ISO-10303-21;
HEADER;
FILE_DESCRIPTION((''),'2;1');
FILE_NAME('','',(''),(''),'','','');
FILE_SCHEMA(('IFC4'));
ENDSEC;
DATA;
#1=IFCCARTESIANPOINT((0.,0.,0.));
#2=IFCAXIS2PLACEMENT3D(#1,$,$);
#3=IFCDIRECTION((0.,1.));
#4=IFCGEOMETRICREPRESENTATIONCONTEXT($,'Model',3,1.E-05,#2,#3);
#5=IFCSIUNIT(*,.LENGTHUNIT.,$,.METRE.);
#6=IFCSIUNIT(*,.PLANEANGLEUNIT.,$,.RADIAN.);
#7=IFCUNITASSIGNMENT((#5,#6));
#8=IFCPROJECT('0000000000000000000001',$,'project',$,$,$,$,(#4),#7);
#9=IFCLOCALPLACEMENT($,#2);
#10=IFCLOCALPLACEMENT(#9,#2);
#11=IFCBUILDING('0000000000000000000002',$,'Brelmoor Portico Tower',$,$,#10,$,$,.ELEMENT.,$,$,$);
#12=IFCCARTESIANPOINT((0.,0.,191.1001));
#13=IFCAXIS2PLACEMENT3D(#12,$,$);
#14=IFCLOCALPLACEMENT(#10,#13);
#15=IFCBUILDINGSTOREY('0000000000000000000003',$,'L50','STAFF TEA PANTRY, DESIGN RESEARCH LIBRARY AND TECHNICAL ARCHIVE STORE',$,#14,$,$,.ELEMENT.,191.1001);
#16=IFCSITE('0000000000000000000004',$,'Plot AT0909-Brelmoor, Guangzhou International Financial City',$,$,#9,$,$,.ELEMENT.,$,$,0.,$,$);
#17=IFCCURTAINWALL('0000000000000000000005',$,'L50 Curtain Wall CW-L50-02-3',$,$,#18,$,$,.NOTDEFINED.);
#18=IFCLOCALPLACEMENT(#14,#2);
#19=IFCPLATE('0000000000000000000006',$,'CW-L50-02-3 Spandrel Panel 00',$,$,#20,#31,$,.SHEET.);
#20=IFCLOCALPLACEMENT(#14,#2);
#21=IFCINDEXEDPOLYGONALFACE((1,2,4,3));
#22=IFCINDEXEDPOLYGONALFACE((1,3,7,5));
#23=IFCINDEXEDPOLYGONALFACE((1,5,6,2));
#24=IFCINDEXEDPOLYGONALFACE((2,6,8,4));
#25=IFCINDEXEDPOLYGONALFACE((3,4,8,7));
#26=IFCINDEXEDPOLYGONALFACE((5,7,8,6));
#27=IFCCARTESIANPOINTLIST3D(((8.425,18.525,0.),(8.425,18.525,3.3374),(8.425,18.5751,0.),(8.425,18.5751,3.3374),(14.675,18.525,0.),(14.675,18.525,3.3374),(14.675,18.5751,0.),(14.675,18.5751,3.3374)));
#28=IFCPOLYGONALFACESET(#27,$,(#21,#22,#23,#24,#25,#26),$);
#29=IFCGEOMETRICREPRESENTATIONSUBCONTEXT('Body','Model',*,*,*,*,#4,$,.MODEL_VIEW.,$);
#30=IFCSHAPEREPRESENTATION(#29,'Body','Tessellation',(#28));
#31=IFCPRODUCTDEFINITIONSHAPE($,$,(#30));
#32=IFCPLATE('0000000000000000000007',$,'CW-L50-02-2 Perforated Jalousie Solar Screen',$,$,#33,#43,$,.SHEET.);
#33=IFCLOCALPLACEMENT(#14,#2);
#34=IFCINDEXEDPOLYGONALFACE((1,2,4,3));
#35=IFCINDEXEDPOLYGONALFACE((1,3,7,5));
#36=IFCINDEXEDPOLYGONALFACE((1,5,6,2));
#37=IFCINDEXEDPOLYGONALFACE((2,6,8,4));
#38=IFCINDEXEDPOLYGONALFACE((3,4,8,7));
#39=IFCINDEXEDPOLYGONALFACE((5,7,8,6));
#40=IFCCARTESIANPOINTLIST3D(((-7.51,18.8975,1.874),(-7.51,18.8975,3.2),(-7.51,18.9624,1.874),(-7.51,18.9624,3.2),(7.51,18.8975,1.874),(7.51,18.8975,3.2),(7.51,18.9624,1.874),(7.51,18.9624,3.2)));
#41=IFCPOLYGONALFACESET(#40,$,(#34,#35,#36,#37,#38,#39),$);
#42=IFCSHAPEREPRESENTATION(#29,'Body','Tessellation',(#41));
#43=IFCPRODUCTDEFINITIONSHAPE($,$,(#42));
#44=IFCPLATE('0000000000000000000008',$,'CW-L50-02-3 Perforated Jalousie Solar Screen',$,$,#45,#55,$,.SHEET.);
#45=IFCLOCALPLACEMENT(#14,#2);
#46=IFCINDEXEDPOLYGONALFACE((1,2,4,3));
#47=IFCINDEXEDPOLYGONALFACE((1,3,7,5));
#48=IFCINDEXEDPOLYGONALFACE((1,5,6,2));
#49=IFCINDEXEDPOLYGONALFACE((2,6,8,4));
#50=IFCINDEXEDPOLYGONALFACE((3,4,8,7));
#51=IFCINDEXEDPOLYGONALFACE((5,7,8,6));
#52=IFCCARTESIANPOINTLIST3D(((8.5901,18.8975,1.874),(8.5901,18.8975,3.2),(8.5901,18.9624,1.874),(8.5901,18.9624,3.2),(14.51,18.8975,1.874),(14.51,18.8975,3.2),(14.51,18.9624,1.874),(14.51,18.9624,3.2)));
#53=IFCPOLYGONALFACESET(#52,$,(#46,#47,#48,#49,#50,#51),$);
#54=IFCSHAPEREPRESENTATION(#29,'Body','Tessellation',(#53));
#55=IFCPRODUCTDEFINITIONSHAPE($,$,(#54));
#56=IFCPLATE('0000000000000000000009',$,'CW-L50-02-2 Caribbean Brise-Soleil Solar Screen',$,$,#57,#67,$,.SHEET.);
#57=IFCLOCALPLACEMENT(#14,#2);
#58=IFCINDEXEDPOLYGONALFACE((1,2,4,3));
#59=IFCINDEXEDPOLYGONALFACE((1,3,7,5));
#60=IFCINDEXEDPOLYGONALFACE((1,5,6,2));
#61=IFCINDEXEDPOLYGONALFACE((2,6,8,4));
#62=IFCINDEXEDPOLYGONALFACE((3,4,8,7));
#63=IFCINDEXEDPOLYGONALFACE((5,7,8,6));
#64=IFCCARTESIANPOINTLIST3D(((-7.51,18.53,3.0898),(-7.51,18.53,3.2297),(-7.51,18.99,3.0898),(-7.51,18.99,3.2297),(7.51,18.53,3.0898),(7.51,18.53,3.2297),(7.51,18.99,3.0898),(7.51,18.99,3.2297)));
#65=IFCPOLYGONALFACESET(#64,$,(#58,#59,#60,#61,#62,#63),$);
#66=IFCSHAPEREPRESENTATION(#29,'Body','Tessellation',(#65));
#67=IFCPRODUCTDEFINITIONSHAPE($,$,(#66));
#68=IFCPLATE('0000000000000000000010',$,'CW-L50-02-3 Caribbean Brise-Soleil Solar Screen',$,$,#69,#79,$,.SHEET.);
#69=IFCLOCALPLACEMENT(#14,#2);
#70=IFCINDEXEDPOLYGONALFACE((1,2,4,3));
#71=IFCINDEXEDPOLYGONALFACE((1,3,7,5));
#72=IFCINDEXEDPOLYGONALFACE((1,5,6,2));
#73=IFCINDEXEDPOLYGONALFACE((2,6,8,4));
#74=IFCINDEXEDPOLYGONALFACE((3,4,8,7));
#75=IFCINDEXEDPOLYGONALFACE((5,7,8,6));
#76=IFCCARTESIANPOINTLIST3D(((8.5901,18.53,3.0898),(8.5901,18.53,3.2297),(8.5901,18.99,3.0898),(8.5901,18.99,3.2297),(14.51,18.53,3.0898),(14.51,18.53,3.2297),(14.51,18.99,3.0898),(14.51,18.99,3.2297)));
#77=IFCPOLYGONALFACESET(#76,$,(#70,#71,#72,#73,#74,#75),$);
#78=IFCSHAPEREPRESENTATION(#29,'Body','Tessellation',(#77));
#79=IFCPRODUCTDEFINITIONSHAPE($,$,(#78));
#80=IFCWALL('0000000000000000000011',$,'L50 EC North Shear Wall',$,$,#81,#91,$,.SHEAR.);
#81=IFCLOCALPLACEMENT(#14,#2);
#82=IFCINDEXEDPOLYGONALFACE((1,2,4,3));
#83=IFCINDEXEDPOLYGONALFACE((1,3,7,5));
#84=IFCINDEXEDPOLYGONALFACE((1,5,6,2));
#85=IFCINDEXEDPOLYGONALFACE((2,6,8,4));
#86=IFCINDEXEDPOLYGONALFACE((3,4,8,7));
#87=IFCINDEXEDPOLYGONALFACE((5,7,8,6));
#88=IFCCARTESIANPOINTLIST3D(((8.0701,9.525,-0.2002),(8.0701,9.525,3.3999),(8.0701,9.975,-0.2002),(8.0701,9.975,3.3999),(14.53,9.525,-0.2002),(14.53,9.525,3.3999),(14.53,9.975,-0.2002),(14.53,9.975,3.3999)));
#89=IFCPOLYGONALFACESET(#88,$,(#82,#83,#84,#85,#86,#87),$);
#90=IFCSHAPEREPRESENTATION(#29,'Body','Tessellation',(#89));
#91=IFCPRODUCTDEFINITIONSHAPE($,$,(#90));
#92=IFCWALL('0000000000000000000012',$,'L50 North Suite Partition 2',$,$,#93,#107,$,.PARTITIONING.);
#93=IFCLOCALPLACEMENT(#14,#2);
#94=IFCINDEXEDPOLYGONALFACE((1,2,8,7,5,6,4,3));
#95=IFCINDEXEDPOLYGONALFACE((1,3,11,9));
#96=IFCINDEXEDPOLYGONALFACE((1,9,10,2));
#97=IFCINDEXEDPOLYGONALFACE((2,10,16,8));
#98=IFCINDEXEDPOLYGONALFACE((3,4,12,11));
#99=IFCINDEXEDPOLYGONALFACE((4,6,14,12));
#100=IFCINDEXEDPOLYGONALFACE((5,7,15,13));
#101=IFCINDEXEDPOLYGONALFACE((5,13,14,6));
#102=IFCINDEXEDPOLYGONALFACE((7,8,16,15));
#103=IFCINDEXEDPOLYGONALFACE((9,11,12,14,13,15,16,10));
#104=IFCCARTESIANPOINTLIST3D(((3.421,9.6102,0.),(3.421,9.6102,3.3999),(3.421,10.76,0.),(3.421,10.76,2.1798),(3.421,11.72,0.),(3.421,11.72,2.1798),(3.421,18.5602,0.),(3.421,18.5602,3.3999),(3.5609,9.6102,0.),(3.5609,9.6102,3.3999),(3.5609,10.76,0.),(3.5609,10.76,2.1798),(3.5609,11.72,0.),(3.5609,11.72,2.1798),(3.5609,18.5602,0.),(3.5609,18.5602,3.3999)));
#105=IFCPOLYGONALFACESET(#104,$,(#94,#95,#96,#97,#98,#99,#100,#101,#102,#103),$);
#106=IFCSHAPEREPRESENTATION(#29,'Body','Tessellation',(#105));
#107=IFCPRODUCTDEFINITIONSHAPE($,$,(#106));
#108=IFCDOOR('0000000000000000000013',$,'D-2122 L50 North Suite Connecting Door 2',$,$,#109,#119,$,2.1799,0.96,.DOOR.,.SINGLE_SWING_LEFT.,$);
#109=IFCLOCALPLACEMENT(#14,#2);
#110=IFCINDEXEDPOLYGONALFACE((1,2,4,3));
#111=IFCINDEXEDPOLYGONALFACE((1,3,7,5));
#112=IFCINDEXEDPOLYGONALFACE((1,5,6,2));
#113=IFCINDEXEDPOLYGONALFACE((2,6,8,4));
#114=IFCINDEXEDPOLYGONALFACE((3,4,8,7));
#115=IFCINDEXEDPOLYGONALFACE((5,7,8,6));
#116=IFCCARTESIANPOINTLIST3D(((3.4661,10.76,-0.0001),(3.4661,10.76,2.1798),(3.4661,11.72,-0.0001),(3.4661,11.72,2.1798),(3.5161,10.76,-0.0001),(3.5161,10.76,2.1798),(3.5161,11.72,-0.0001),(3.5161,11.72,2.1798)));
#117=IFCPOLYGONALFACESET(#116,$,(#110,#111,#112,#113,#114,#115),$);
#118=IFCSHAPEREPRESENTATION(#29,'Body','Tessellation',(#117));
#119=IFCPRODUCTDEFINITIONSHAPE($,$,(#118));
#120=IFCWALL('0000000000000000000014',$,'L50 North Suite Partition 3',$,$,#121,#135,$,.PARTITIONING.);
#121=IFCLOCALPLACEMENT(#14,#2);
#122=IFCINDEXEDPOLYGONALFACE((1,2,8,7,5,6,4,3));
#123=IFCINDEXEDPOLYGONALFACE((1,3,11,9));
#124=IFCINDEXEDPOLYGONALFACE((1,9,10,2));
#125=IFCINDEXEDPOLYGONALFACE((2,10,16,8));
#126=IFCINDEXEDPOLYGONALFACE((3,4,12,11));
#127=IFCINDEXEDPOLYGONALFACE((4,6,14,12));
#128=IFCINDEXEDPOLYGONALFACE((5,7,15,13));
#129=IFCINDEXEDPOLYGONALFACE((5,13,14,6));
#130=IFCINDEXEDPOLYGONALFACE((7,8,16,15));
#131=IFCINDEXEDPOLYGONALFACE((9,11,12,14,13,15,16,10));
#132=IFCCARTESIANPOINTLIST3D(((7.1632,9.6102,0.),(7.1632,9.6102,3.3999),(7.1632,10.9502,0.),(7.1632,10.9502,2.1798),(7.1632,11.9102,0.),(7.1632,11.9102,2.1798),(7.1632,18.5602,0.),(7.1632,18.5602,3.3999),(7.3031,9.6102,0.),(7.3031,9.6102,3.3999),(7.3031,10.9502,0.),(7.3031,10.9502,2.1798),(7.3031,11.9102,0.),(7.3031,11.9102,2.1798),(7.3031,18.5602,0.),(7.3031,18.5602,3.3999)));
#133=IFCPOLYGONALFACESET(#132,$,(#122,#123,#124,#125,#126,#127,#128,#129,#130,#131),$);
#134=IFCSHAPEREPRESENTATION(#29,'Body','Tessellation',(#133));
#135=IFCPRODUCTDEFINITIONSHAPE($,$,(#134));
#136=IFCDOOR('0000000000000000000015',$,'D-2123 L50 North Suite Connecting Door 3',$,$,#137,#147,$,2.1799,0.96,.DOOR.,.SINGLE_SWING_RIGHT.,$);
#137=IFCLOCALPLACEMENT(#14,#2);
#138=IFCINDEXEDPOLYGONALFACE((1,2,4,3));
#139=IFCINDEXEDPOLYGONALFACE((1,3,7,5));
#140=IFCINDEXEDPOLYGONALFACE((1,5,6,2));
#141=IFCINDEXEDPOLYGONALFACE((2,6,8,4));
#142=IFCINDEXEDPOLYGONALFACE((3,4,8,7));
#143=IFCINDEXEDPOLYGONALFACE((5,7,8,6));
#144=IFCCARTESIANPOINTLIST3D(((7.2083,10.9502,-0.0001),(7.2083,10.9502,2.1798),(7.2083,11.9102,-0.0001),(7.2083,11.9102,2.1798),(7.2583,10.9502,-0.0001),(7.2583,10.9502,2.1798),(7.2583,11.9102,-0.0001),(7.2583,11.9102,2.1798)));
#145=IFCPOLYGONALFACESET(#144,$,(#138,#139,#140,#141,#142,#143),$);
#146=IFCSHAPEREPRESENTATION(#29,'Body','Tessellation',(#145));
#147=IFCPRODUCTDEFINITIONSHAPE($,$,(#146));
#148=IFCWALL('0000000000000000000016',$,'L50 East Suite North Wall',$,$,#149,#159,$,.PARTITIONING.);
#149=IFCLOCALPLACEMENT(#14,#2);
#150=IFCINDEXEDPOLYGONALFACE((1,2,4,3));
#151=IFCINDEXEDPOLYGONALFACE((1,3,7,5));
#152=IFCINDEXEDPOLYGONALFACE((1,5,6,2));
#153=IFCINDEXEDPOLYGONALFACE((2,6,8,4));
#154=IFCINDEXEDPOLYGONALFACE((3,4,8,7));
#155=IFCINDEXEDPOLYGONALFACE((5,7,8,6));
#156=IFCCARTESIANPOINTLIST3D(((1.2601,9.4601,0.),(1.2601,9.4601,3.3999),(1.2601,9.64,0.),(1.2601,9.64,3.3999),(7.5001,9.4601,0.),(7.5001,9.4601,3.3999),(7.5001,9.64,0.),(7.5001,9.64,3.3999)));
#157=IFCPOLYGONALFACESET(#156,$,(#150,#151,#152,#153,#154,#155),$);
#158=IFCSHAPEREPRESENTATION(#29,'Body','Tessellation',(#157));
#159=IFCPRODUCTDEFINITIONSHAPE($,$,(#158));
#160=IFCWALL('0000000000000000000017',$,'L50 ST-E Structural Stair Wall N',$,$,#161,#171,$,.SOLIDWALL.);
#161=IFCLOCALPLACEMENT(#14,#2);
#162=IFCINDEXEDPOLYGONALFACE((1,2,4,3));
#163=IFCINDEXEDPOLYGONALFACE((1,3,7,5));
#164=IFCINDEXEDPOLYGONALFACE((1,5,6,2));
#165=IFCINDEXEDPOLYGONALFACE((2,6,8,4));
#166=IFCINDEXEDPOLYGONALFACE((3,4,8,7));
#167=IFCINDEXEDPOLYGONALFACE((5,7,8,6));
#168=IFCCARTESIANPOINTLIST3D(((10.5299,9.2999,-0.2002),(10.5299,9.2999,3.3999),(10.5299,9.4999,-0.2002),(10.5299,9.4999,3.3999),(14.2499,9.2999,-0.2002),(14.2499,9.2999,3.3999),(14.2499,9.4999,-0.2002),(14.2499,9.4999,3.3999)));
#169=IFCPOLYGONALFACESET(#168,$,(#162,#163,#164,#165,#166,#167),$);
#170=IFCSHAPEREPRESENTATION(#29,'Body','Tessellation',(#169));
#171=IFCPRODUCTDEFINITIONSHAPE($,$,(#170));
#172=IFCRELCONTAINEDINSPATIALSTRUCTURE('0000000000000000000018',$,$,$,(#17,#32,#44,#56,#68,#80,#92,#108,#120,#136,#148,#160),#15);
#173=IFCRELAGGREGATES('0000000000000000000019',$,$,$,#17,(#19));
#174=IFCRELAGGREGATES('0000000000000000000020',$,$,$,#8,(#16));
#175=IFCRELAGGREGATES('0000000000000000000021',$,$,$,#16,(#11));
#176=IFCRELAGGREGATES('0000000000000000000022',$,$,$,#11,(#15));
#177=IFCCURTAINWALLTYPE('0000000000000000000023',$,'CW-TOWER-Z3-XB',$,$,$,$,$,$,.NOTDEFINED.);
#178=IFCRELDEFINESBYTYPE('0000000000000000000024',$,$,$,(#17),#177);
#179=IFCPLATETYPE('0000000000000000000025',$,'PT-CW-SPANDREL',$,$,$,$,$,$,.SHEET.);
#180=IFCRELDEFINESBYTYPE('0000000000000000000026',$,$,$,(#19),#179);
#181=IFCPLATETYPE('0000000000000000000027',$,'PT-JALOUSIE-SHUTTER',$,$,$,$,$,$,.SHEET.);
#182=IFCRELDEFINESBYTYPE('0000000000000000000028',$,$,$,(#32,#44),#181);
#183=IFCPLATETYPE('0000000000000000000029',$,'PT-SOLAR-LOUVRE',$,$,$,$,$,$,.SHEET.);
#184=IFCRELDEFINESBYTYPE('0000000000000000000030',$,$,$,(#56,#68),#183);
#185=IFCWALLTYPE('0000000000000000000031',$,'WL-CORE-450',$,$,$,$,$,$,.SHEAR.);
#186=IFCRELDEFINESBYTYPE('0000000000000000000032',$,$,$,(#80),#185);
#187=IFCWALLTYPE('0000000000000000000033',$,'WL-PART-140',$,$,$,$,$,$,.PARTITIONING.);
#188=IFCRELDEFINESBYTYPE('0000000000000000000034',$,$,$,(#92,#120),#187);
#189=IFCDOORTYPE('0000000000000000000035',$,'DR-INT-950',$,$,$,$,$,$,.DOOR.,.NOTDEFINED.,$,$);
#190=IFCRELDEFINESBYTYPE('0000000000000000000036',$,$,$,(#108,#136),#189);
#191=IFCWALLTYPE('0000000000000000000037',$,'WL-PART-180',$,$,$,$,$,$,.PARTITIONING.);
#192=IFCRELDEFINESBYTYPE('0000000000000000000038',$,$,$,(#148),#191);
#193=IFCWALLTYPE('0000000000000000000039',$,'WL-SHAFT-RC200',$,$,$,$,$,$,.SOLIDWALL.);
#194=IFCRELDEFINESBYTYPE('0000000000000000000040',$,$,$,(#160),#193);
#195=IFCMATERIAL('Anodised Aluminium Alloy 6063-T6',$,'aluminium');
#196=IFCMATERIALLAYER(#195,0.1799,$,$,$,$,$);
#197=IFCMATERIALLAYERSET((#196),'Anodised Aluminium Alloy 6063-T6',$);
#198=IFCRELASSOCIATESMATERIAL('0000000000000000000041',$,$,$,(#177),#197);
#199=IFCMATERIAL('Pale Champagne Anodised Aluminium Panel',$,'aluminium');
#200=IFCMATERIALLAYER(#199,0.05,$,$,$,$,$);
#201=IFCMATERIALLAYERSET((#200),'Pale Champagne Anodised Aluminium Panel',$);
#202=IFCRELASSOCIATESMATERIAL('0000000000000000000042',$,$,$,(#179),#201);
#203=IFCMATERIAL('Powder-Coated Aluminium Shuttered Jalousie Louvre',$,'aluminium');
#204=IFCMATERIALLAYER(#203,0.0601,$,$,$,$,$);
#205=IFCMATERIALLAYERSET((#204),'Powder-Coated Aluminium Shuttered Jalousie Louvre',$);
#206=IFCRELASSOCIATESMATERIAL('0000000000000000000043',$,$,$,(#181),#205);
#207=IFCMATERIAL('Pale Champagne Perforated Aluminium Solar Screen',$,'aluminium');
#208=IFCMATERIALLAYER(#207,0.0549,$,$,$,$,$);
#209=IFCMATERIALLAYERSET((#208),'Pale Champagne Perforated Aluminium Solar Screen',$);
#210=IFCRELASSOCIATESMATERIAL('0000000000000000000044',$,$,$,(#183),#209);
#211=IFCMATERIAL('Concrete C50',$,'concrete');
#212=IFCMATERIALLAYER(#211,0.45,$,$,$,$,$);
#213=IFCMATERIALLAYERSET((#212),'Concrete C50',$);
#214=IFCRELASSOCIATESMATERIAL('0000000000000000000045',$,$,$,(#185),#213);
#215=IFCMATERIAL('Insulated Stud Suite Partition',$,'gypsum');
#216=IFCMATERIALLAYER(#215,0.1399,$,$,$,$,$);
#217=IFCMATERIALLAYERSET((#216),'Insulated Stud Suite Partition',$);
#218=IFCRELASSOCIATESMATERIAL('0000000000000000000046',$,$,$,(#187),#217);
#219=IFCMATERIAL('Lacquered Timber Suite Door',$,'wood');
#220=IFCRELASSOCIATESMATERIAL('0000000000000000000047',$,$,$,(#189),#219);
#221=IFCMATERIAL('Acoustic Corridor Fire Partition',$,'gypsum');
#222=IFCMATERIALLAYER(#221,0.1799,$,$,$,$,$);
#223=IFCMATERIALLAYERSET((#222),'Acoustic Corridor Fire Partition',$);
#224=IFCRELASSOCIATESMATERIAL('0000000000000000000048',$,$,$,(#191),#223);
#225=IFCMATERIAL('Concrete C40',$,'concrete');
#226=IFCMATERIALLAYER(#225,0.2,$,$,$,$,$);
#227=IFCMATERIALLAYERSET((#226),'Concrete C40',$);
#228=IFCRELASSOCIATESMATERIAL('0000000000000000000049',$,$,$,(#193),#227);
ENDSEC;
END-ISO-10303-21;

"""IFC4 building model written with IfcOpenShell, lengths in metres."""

from ifc_helpers import new_model, si_unit, direction, frame, frame_2d, origin, origin_2d, place, context, subcontext, project, spatial, rectangle, extrude, material, layer, layer_set, type_object, element, fill, aggregate, save


model = new_model("IFC4")

# Units and contexts
model_context = context("Model", 3, precision=1e-05, world=origin(), true_north=direction((0.0, 1.0)))
body_context = subcontext(model_context, "Body", "Model", "MODEL_VIEW")
ifc_project = project(units=[si_unit("LENGTHUNIT", "METRE"), si_unit("PLANEANGLEUNIT", "RADIAN")], contexts=[model_context])

# Site, building, storey
site_placement = place(None, origin())
site = spatial("IfcSite", under=ifc_project, at=site_placement, Name="Plot AT0909-Brelmoor, Guangzhou International Financial City", CompositionType="ELEMENT", RefElevation=0.0)
building_placement = place(site_placement, origin())
building = spatial("IfcBuilding", under=site, at=building_placement, Name="Brelmoor Portico Tower", CompositionType="ELEMENT")
storey_placement = place(building_placement, frame((0.0, 0.0, 191.1001)))
storey = spatial("IfcBuildingStorey", under=building, at=storey_placement, Name="L50", Description="STAFF TEA PANTRY, DESIGN RESEARCH LIBRARY AND TECHNICAL ARCHIVE STORE", CompositionType="ELEMENT", Elevation=191.1001)

# Shared definitions
ifc_material_1 = material(Name="Anodised Aluminium Alloy 6063-T6", Category="aluminium")
ifc_layer_1 = layer(ifc_material_1, 0.1799)
ifc_layer_set_1 = layer_set([ifc_layer_1], Name="Anodised Aluminium Alloy 6063-T6")
curtain_wall_type = type_object("IfcCurtainWallType", Name="CW-TOWER-Z3-XB", PredefinedType="NOTDEFINED", material=ifc_layer_set_1)

# Curtain wall
curtain_wall_1_placement = place(storey_placement, origin())
curtain_wall_1 = element("IfcCurtainWall", 1, at=curtain_wall_1_placement, inside=storey, type_object=curtain_wall_type, Name="L50 Curtain Wall CW-L50-02-3", PredefinedType="NOTDEFINED")

# Plate
ifc_material_2 = material(Name="Pale Champagne Anodised Aluminium Panel", Category="aluminium")
ifc_layer_2 = layer(ifc_material_2, 0.05)
ifc_layer_set_2 = layer_set([ifc_layer_2], Name="Pale Champagne Anodised Aluminium Panel")
plate_type_1 = type_object("IfcPlateType", Name="PT-CW-SPANDREL", PredefinedType="SHEET", material=ifc_layer_set_2)
plate_1_placement = place(storey_placement, frame((11.55, 18.55, 0.0), z_axis=(0.0, 0.0, 1.0), x_axis=(1.0, 0.0, 0.0)))
plate_1 = element("IfcPlate", 2, at=plate_1_placement, type_object=plate_type_1, Name="CW-L50-02-3 Spandrel Panel 00", PredefinedType="SHEET", context=body_context, shape_type="SweptSolid", body=[
    extrude(rectangle(XDim=6.25, YDim=0.05, at=origin_2d()), origin(), (0.0, 0.0, 1.0), 3.3374),
])
aggregate(curtain_wall_1, [plate_1])

# Plates
ifc_material_3 = material(Name="Powder-Coated Aluminium Shuttered Jalousie Louvre", Category="aluminium")
ifc_layer_3 = layer(ifc_material_3, 0.0601)
ifc_layer_set_3 = layer_set([ifc_layer_3], Name="Powder-Coated Aluminium Shuttered Jalousie Louvre")
plate_type_2 = type_object("IfcPlateType", Name="PT-JALOUSIE-SHUTTER", PredefinedType="SHEET", material=ifc_layer_set_3)
plate_2_placement = place(storey_placement, frame((0.0, 18.9299, 1.874), z_axis=(0.0, 0.0, 1.0), x_axis=(1.0, 0.0, 0.0)))
element("IfcPlate", 3, at=plate_2_placement, inside=storey, type_object=plate_type_2, Name="CW-L50-02-2 Perforated Jalousie Solar Screen", PredefinedType="SHEET", context=body_context, shape_type="SweptSolid", body=[
    extrude(rectangle(XDim=15.02, YDim=0.0649, at=origin_2d()), origin(), (0.0, 0.0, 1.0), 1.3259),
])
plate_3_placement = place(storey_placement, frame((11.55, 18.9299, 1.874), z_axis=(0.0, 0.0, 1.0), x_axis=(1.0, 0.0, 0.0)))
element("IfcPlate", 4, at=plate_3_placement, inside=storey, type_object=plate_type_2, Name="CW-L50-02-3 Perforated Jalousie Solar Screen", PredefinedType="SHEET", context=body_context, shape_type="SweptSolid", body=[
    extrude(rectangle(XDim=5.9199, YDim=0.0649, at=origin_2d()), origin(), (0.0, 0.0, 1.0), 1.3259),
])
ifc_material_4 = material(Name="Pale Champagne Perforated Aluminium Solar Screen", Category="aluminium")
ifc_layer_4 = layer(ifc_material_4, 0.0549)
ifc_layer_set_4 = layer_set([ifc_layer_4], Name="Pale Champagne Perforated Aluminium Solar Screen")
plate_type_3 = type_object("IfcPlateType", Name="PT-SOLAR-LOUVRE", PredefinedType="SHEET", material=ifc_layer_set_4)
plate_4_placement = place(storey_placement, frame((0.0, 18.76, 3.0898), z_axis=(0.0, 0.0, 1.0), x_axis=(1.0, 0.0, 0.0)))
element("IfcPlate", 5, at=plate_4_placement, inside=storey, type_object=plate_type_3, Name="CW-L50-02-2 Caribbean Brise-Soleil Solar Screen", PredefinedType="SHEET", context=body_context, shape_type="SweptSolid", body=[
    extrude(rectangle(XDim=15.02, YDim=0.46, at=origin_2d()), origin(), (0.0, 0.0, 1.0), 0.1399),
])
plate_5_placement = place(storey_placement, frame((11.55, 18.76, 3.0898), z_axis=(0.0, 0.0, 1.0), x_axis=(1.0, 0.0, 0.0)))
element("IfcPlate", 6, at=plate_5_placement, inside=storey, type_object=plate_type_3, Name="CW-L50-02-3 Caribbean Brise-Soleil Solar Screen", PredefinedType="SHEET", context=body_context, shape_type="SweptSolid", body=[
    extrude(rectangle(XDim=5.9199, YDim=0.46, at=origin_2d()), origin(), (0.0, 0.0, 1.0), 0.1399),
])

# Wall
ifc_material_5 = material(Name="Concrete C50", Category="concrete")
ifc_layer_5 = layer(ifc_material_5, 0.45)
ifc_layer_set_5 = layer_set([ifc_layer_5], Name="Concrete C50")
wall_type_1 = type_object("IfcWallType", Name="WL-CORE-450", PredefinedType="SHEAR", material=ifc_layer_set_5)
wall_1_placement = place(storey_placement, frame((8.0701, 9.75, -0.2002), z_axis=(0.0, 0.0, 1.0), x_axis=(1.0, 0.0, 0.0)))
element("IfcWall", 7, at=wall_1_placement, inside=storey, type_object=wall_type_1, Name="L50 EC North Shear Wall", PredefinedType="SHEAR", context=body_context, shape_type="SweptSolid", body=[
    extrude(rectangle(XDim=6.46, YDim=0.45, at=frame_2d((3.23, 0.0))), origin(), (0.0, 0.0, 1.0), 3.6001),
])

# Walls, openings, doors
ifc_material_6 = material(Name="Insulated Stud Suite Partition", Category="gypsum")
ifc_layer_6 = layer(ifc_material_6, 0.1399)
ifc_layer_set_6 = layer_set([ifc_layer_6], Name="Insulated Stud Suite Partition")
wall_type_2 = type_object("IfcWallType", Name="WL-PART-140", PredefinedType="PARTITIONING", material=ifc_layer_set_6)
wall_2_placement = place(storey_placement, frame((3.491, 9.6101, 0.0), z_axis=(0.0, 0.0, 1.0), x_axis=(0.0, 1.0, 0.0)))
wall_2 = element("IfcWall", 8, at=wall_2_placement, inside=storey, type_object=wall_type_2, Name="L50 North Suite Partition 2", PredefinedType="PARTITIONING", context=body_context, shape_type="SweptSolid", body=[
    extrude(rectangle(XDim=8.95, YDim=0.1399, at=frame_2d((4.4751, 0.0))), origin(), (0.0, 0.0, 1.0), 3.3999),
])
opening_1_placement = place(wall_2_placement, frame((1.1499, 0.0, 0.0)))
opening_1 = element("IfcOpeningElement", 9, at=opening_1_placement, cuts=wall_2, PredefinedType="OPENING", context=body_context, shape_type="SweptSolid", body=[
    extrude(rectangle(XDim=0.96, YDim=2.1799, at=frame_2d((0.48, 1.0898))), frame((0.0, 0.0798, 0.0), z_axis=(0.0, -1.0, 0.0), x_axis=(1.0, 0.0, 0.0)), (0.0, 0.0, 1.0), 0.1599),
])
ifc_material_7 = material(Name="Lacquered Timber Suite Door", Category="wood")
door_type = type_object("IfcDoorType", Name="DR-INT-950", OperationType="NOTDEFINED", PredefinedType="DOOR", material=ifc_material_7)
door_1_placement = place(opening_1_placement, origin())
door_1 = element("IfcDoor", 10, at=door_1_placement, inside=storey, type_object=door_type, Name="D-2122 L50 North Suite Connecting Door 2", OperationType="SINGLE_SWING_LEFT", OverallHeight=2.1799, OverallWidth=0.96, PredefinedType="DOOR", context=body_context, shape_type="SweptSolid", body=[
    extrude(rectangle(XDim=0.96, YDim=2.1799, at=frame_2d((0.48, 1.0898))), frame((0.0, 0.0249, 0.0), z_axis=(0.0, -1.0, 0.0), x_axis=(1.0, 0.0, 0.0)), (0.0, 0.0, 1.0), 0.05),
])
fill(opening_1, door_1)
wall_3_placement = place(storey_placement, frame((7.2332, 9.6101, 0.0), z_axis=(0.0, 0.0, 1.0), x_axis=(0.0, 1.0, 0.0)))
wall_3 = element("IfcWall", 11, at=wall_3_placement, inside=storey, type_object=wall_type_2, Name="L50 North Suite Partition 3", PredefinedType="PARTITIONING", context=body_context, shape_type="SweptSolid", body=[
    extrude(rectangle(XDim=8.95, YDim=0.1399, at=frame_2d((4.4751, 0.0))), origin(), (0.0, 0.0, 1.0), 3.3999),
])
opening_2_placement = place(wall_3_placement, frame((1.3401, 0.0, 0.0)))
opening_2 = element("IfcOpeningElement", 12, at=opening_2_placement, cuts=wall_3, PredefinedType="OPENING", context=body_context, shape_type="SweptSolid", body=[
    extrude(rectangle(XDim=0.96, YDim=2.1799, at=frame_2d((0.48, 1.0898))), frame((0.0, 0.0798, 0.0), z_axis=(0.0, -1.0, 0.0), x_axis=(1.0, 0.0, 0.0)), (0.0, 0.0, 1.0), 0.1599),
])
door_2_placement = place(opening_2_placement, origin())
door_2 = element("IfcDoor", 13, at=door_2_placement, inside=storey, type_object=door_type, Name="D-2123 L50 North Suite Connecting Door 3", OperationType="SINGLE_SWING_RIGHT", OverallHeight=2.1799, OverallWidth=0.96, PredefinedType="DOOR", context=body_context, shape_type="SweptSolid", body=[
    extrude(rectangle(XDim=0.96, YDim=2.1799, at=frame_2d((0.48, 1.0898))), frame((0.0, 0.0249, 0.0), z_axis=(0.0, -1.0, 0.0), x_axis=(1.0, 0.0, 0.0)), (0.0, 0.0, 1.0), 0.05),
])
fill(opening_2, door_2)

# Walls
ifc_material_8 = material(Name="Acoustic Corridor Fire Partition", Category="gypsum")
ifc_layer_7 = layer(ifc_material_8, 0.1799)
ifc_layer_set_7 = layer_set([ifc_layer_7], Name="Acoustic Corridor Fire Partition")
wall_type_3 = type_object("IfcWallType", Name="WL-PART-180", PredefinedType="PARTITIONING", material=ifc_layer_set_7)
wall_4_placement = place(storey_placement, frame((1.26, 9.55, 0.0), z_axis=(0.0, 0.0, 1.0), x_axis=(1.0, 0.0, 0.0)))
element("IfcWall", 14, at=wall_4_placement, inside=storey, type_object=wall_type_3, Name="L50 East Suite North Wall", PredefinedType="PARTITIONING", context=body_context, shape_type="SweptSolid", body=[
    extrude(rectangle(XDim=6.24, YDim=0.1799, at=frame_2d((3.1201, 0.0))), origin(), (0.0, 0.0, 1.0), 3.3999),
])
ifc_material_9 = material(Name="Concrete C40", Category="concrete")
ifc_layer_8 = layer(ifc_material_9, 0.2)
ifc_layer_set_8 = layer_set([ifc_layer_8], Name="Concrete C40")
wall_type_4 = type_object("IfcWallType", Name="WL-SHAFT-RC200", PredefinedType="SOLIDWALL", material=ifc_layer_set_8)
wall_5_placement = place(storey_placement, frame((10.53, 9.3999, -0.2002), z_axis=(0.0, 0.0, 1.0), x_axis=(1.0, 0.0, 0.0)))
element("IfcWall", 15, at=wall_5_placement, inside=storey, type_object=wall_type_4, Name="L50 ST-E Structural Stair Wall N", PredefinedType="SOLIDWALL", context=body_context, shape_type="SweptSolid", body=[
    extrude(rectangle(XDim=3.72, YDim=0.2, at=frame_2d((1.8599, 0.0))), origin(), (0.0, 0.0, 1.0), 3.6001),
])

save(model, "model.ifc")
